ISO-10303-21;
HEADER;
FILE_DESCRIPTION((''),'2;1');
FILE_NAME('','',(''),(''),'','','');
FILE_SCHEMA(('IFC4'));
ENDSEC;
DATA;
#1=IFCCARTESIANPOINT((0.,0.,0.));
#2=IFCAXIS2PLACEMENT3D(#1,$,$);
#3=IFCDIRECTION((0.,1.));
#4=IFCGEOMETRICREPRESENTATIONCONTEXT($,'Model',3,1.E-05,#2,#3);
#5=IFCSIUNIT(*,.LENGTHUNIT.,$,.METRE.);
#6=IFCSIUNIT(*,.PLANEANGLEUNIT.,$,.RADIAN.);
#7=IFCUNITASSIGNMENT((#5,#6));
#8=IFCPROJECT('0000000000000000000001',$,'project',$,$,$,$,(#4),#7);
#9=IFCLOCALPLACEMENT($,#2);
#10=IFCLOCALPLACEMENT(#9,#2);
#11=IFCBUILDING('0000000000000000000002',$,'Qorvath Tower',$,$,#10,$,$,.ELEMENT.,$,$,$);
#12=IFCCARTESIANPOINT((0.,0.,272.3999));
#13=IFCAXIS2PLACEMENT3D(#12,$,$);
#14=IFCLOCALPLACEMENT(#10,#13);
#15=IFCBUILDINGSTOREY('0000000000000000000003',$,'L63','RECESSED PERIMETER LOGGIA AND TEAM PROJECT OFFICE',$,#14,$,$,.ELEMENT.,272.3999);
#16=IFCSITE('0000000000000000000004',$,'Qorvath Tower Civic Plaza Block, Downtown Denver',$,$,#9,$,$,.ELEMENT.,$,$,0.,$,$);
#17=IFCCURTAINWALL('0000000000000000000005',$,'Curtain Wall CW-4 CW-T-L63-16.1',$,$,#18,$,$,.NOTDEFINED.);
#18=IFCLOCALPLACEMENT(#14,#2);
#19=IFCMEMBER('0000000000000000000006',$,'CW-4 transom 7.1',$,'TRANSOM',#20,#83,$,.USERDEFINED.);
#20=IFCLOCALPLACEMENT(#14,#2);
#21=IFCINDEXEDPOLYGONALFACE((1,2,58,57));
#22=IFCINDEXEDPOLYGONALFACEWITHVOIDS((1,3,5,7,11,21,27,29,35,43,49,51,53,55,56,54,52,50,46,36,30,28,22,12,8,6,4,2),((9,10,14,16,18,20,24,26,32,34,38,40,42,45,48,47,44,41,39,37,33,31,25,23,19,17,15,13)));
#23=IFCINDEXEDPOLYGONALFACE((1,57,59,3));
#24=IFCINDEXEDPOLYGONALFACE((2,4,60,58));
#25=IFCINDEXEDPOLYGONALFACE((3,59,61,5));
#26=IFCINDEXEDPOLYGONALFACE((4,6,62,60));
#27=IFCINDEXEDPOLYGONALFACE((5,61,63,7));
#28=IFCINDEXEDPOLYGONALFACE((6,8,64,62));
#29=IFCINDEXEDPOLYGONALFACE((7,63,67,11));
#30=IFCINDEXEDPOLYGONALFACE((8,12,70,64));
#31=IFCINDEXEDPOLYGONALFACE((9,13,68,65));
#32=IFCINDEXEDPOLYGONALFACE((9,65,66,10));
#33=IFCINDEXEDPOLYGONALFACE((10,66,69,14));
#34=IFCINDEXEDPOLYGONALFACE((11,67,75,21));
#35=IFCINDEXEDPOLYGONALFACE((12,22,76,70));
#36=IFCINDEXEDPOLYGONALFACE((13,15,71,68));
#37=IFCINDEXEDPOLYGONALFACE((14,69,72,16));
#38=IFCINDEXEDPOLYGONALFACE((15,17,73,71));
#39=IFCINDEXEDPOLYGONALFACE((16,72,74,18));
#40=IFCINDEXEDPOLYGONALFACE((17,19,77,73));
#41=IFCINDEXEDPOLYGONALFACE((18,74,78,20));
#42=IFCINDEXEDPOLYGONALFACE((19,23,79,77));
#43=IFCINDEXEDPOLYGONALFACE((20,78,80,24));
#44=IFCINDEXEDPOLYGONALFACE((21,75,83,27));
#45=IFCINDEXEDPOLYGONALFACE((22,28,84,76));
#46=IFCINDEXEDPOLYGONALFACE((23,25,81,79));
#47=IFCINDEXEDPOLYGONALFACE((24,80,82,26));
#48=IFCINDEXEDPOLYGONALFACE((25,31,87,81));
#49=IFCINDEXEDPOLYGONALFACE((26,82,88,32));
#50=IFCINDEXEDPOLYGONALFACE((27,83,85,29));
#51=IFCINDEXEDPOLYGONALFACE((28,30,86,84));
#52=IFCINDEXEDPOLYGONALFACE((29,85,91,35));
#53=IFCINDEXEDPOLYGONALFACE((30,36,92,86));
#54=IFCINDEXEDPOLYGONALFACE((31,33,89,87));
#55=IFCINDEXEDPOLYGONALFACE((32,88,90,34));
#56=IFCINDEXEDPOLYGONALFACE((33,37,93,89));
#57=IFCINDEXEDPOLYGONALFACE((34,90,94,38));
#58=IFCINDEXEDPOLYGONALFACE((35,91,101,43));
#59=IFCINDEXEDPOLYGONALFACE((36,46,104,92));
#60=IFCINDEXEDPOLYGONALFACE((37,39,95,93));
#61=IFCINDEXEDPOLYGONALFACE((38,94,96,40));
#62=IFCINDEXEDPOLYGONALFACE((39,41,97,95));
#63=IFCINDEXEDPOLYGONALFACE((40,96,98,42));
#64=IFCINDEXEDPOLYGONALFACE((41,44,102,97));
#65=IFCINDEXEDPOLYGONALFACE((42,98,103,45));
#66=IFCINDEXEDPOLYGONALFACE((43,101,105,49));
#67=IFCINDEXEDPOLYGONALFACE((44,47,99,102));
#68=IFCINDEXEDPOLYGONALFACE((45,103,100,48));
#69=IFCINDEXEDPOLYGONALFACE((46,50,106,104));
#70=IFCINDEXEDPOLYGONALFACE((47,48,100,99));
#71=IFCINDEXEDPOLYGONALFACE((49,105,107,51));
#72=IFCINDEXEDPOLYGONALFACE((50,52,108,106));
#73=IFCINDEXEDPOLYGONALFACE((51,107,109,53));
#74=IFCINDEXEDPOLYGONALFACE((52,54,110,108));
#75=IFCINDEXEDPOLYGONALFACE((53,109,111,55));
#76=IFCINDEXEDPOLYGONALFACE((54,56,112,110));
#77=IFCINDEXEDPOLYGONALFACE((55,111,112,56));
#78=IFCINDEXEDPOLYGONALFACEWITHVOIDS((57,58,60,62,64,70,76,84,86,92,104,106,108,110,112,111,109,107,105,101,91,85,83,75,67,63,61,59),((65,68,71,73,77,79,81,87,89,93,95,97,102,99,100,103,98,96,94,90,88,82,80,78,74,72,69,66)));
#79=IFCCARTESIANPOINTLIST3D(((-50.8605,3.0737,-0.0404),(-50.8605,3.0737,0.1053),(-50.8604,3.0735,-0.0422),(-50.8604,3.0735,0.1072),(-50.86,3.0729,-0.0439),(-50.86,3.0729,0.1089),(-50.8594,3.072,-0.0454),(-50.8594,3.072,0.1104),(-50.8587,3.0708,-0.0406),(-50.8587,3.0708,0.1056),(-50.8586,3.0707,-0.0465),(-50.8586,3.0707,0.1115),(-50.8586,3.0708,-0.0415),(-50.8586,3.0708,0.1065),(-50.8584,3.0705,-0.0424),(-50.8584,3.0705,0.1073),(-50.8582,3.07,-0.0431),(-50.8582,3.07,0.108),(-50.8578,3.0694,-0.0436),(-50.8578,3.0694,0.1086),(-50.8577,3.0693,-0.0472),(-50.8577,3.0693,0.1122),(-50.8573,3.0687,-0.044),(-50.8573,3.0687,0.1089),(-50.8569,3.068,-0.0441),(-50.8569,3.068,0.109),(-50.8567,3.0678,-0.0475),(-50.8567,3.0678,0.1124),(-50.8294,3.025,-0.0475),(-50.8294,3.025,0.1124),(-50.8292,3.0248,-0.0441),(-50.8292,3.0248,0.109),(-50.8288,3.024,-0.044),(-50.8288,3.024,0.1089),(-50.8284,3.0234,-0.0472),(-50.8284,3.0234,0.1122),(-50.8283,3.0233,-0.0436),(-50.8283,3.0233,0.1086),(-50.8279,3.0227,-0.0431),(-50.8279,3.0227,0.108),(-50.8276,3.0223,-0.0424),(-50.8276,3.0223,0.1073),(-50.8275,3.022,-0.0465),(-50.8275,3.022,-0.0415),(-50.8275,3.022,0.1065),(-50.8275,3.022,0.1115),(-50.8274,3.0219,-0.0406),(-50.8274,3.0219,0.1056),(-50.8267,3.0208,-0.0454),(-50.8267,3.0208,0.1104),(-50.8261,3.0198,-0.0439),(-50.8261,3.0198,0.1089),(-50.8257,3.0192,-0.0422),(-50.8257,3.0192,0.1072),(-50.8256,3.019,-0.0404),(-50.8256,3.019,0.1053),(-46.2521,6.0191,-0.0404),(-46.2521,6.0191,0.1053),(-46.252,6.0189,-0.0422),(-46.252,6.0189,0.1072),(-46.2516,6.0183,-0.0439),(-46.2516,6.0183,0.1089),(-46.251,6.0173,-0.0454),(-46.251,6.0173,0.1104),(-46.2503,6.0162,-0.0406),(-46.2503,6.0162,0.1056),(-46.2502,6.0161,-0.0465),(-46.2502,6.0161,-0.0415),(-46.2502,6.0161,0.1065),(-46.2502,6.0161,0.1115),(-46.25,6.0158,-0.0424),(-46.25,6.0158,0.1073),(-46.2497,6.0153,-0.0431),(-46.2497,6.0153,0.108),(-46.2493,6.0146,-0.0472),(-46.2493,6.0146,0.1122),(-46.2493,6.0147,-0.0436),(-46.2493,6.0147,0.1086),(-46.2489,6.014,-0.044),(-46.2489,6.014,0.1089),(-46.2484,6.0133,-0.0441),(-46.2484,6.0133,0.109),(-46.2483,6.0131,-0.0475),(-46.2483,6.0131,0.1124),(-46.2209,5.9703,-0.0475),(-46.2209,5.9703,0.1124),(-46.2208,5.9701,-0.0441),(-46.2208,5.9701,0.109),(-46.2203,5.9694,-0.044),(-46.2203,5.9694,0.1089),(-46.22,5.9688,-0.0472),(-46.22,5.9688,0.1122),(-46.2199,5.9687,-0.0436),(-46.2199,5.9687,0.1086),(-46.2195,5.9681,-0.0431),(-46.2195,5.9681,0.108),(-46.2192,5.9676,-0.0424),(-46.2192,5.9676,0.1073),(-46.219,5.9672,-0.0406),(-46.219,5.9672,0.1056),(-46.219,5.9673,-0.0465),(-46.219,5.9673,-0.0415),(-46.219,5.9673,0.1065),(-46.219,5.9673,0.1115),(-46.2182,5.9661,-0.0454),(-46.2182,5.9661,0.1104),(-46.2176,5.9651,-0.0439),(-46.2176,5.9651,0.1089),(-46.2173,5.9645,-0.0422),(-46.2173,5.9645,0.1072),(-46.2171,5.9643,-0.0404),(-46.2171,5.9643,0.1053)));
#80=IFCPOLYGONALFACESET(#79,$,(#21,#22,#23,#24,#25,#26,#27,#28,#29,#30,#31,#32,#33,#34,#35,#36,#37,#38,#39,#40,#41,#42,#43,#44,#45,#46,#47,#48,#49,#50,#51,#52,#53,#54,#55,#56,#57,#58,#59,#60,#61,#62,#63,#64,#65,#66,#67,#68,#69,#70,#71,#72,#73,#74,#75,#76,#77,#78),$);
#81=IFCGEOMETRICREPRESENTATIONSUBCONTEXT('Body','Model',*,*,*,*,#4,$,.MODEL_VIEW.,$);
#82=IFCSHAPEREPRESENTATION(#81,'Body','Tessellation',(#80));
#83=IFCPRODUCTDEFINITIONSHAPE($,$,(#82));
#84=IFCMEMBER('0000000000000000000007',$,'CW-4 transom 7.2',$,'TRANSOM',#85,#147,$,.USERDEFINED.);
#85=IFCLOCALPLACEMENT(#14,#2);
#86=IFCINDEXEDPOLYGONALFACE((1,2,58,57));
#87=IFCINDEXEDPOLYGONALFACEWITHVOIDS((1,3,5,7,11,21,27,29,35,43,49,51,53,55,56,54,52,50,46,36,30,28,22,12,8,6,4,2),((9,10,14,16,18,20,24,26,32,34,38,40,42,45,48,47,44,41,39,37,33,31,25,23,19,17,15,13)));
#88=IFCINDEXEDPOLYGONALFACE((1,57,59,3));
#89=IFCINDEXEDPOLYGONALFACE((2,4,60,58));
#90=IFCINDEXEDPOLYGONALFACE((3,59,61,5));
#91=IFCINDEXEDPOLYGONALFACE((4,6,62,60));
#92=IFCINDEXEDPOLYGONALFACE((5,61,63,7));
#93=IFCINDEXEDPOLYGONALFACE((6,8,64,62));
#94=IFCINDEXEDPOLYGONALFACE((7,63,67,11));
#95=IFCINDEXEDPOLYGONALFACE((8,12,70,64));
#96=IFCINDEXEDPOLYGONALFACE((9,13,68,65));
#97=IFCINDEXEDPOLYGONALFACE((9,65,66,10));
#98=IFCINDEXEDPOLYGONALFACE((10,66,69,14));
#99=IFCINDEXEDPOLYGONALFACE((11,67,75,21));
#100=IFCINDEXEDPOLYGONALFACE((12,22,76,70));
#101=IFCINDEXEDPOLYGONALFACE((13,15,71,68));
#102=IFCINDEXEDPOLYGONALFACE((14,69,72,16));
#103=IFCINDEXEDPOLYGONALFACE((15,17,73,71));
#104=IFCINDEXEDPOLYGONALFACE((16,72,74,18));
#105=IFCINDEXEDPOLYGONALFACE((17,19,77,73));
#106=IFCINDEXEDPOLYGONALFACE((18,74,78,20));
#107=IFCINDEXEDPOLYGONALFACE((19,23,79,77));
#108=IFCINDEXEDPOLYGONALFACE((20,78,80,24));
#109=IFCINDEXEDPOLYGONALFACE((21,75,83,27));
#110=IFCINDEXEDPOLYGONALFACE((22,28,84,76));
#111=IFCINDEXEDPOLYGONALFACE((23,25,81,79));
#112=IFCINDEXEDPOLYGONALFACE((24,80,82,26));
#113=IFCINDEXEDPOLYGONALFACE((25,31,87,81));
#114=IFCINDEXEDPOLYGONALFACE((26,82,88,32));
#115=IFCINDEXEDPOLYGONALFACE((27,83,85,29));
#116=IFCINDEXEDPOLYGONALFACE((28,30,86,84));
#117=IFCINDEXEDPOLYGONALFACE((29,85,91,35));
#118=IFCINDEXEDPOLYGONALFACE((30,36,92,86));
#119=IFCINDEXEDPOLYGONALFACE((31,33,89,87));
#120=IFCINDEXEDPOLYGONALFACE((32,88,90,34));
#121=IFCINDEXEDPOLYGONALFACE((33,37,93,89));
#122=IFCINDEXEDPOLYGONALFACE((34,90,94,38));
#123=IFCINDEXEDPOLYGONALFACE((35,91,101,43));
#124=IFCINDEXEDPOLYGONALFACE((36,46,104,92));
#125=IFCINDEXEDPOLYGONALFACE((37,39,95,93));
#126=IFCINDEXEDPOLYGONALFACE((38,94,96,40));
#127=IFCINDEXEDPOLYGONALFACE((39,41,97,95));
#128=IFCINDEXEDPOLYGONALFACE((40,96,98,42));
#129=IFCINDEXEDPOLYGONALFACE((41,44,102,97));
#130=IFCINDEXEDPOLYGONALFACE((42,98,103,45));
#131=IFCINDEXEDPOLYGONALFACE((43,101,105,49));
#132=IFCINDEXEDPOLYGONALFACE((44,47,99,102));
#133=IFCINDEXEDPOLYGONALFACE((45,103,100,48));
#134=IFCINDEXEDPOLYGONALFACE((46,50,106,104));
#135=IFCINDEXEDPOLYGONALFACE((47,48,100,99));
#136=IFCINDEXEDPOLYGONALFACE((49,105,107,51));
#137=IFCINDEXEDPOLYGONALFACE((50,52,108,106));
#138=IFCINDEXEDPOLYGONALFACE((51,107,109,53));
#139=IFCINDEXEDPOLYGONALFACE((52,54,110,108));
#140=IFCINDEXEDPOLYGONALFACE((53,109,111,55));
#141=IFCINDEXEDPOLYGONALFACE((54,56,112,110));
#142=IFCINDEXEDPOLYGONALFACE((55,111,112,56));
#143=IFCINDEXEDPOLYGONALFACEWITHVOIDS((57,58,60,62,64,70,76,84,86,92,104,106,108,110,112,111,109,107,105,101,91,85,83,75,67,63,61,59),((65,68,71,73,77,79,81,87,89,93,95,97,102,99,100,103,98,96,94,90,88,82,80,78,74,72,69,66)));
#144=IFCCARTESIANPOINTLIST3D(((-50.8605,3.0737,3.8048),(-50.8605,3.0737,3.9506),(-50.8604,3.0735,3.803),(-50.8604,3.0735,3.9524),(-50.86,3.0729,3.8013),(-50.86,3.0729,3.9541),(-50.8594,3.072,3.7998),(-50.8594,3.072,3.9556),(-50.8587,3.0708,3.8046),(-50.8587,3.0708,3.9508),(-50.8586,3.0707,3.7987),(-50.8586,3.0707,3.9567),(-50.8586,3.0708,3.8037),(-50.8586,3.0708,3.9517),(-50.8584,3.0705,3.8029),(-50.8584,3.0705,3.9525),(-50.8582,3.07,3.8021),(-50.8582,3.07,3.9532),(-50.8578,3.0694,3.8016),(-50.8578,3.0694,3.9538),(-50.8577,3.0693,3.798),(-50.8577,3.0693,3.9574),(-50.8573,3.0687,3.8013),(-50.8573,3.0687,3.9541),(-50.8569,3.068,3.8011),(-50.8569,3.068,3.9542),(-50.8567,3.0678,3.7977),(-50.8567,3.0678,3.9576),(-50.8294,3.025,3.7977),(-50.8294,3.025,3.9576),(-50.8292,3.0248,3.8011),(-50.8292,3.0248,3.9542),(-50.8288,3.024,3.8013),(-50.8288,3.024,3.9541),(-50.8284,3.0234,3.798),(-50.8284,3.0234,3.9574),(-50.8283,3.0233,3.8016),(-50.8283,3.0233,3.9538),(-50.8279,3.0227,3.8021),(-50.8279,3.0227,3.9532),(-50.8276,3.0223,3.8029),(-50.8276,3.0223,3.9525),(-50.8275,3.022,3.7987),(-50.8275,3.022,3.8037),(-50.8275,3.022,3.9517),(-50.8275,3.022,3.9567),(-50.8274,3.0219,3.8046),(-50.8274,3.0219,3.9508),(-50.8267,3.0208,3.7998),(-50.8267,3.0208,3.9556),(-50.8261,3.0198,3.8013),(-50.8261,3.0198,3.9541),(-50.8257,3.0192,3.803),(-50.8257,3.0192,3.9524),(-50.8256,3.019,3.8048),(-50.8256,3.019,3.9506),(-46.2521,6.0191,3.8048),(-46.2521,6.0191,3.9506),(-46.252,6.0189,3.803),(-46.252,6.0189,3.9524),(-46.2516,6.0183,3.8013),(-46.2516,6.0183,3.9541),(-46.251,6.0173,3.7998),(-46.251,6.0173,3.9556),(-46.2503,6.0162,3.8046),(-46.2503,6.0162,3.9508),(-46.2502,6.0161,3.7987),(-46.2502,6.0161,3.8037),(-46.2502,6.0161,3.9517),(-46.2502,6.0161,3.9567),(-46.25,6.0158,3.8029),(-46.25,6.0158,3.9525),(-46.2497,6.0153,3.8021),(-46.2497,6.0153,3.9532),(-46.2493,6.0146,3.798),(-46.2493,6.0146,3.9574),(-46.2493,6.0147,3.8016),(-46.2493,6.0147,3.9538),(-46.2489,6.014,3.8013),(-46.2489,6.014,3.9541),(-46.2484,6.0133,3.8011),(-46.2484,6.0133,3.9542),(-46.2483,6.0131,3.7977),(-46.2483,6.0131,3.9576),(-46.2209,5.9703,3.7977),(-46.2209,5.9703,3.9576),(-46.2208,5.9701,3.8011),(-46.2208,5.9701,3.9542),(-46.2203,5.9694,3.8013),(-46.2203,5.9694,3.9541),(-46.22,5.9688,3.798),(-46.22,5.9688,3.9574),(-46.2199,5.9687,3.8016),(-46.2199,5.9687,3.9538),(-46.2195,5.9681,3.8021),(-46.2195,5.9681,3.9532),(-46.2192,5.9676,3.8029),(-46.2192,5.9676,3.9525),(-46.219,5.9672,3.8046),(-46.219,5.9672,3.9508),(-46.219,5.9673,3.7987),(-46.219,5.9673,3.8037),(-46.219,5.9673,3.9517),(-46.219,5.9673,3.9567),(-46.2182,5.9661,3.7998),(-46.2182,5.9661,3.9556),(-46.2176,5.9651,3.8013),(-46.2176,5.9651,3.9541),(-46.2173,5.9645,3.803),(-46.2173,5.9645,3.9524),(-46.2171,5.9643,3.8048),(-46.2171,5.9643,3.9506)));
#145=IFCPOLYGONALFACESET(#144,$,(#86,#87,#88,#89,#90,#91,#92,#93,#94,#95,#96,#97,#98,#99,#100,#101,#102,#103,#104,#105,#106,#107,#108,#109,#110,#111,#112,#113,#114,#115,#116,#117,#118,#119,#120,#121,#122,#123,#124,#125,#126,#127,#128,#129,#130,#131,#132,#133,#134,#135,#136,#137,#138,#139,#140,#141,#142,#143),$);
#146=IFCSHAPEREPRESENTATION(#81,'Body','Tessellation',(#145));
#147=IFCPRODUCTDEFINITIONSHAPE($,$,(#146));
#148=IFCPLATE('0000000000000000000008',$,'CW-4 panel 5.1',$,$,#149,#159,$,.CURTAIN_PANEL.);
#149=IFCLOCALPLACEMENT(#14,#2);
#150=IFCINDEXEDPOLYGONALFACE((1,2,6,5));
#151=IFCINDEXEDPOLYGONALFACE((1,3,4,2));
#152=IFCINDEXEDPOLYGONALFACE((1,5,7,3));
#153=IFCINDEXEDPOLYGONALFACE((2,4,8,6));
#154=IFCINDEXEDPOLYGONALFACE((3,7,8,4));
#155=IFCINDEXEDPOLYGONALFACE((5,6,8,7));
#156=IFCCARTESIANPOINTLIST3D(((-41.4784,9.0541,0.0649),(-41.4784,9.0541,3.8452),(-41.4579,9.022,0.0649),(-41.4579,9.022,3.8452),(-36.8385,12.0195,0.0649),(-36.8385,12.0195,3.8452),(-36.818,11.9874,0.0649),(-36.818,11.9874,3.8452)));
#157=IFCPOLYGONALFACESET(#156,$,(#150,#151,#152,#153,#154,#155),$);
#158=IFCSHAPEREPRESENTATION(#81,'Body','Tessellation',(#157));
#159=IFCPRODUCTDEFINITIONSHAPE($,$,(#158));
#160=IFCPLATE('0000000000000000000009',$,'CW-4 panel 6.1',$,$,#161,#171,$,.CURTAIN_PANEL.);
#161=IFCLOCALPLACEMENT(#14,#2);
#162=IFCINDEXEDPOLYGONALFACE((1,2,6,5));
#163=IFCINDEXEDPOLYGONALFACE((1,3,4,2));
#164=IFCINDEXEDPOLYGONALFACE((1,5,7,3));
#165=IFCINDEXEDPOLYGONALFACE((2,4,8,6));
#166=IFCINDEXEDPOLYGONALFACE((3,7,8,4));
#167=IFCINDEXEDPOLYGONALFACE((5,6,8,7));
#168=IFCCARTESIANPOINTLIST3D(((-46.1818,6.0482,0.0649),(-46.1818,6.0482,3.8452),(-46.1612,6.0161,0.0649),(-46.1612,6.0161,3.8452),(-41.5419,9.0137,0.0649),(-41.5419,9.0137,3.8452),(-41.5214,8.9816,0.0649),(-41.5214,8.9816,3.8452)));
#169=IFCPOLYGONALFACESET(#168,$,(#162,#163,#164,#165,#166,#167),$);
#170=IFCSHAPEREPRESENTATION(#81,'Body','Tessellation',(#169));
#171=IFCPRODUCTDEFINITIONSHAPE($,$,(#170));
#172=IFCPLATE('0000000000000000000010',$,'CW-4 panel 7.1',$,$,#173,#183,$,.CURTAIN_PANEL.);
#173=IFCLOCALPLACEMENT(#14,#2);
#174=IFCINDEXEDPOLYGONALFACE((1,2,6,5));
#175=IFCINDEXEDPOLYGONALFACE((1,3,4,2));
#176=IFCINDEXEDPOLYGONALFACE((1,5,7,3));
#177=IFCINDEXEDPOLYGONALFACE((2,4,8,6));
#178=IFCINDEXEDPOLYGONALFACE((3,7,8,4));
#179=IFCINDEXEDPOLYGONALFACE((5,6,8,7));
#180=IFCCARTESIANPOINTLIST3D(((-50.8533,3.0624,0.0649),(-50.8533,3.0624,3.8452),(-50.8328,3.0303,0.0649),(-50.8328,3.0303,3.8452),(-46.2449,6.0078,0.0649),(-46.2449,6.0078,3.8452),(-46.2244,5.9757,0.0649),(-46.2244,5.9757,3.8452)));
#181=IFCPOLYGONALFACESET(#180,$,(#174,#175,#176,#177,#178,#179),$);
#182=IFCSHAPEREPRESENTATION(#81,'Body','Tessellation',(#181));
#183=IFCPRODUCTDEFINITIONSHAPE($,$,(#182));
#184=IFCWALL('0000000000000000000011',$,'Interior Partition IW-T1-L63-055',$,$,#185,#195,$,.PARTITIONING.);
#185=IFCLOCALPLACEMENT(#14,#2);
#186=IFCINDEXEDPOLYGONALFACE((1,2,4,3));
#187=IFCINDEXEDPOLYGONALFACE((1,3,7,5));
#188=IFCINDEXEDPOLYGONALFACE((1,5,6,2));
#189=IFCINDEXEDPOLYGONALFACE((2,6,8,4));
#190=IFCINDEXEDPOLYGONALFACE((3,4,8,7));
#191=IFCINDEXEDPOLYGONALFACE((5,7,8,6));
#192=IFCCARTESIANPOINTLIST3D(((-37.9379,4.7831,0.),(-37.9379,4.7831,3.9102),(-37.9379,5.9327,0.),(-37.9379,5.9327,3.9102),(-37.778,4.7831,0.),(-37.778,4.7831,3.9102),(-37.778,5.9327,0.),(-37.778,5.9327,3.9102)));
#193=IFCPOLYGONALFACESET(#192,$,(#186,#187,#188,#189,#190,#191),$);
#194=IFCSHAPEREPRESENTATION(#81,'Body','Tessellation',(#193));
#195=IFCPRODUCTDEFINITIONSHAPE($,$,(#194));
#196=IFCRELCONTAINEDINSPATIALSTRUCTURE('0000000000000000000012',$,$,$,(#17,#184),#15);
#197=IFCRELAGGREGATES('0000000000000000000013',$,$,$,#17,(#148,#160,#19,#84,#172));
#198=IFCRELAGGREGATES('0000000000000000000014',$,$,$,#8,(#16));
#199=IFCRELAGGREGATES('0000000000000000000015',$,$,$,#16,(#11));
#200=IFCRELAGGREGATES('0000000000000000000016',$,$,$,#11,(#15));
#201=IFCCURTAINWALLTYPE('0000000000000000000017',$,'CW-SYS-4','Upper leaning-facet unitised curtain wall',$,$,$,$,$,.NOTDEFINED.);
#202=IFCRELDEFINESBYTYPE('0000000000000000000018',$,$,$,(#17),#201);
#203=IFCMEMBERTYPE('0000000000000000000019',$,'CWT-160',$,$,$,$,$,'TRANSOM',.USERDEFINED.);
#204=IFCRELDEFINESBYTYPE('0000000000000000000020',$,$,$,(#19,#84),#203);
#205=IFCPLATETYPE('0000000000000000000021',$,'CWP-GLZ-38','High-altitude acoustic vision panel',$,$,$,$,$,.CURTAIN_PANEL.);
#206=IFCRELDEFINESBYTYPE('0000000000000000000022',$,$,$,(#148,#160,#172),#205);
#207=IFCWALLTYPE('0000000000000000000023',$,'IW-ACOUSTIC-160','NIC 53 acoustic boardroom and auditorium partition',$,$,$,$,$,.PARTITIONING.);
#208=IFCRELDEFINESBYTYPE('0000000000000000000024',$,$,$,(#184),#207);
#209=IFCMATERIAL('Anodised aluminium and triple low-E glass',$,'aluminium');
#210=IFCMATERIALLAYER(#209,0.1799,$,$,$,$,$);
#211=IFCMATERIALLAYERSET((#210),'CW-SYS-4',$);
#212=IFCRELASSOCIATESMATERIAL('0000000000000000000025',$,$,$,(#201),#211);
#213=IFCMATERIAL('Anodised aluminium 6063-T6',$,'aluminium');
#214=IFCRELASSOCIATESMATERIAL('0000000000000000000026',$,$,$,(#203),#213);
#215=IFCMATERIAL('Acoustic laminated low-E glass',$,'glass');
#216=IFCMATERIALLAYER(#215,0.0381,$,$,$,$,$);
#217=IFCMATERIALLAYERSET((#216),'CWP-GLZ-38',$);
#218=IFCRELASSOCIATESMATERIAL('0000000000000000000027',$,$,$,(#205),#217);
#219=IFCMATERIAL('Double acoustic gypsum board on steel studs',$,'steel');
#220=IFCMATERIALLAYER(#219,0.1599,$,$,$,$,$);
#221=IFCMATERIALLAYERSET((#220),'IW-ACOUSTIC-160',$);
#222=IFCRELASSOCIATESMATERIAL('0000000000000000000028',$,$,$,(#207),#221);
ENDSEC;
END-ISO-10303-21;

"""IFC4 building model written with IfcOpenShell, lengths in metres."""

from ifc_helpers import new_model, si_unit, direction, frame, frame_2d, origin, origin_2d, place, context, subcontext, project, spatial, rectangle, hollow_rectangle, extrude, material, layer, layer_set, material_profile, profile_set, type_object, element, aggregate, save


model = new_model("IFC4")

# Units and contexts
model_context = context("Model", 3, precision=1e-05, world=origin(), true_north=direction((0.0, 1.0)))
body_context = subcontext(model_context, "Body", "Model", "MODEL_VIEW")
ifc_project = project(units=[si_unit("LENGTHUNIT", "METRE"), si_unit("PLANEANGLEUNIT", "RADIAN")], contexts=[model_context])

# Site, building, storey
site_placement = place(None, origin())
site = spatial("IfcSite", under=ifc_project, at=site_placement, Name="Qorvath Tower Civic Plaza Block, Downtown Denver", CompositionType="ELEMENT", RefElevation=0.0)
building_placement = place(site_placement, origin())
building = spatial("IfcBuilding", under=site, at=building_placement, Name="Qorvath Tower", CompositionType="ELEMENT")
storey_placement = place(building_placement, frame((0.0, 0.0, 272.3999)))
storey = spatial("IfcBuildingStorey", under=building, at=storey_placement, Name="L63", Description="RECESSED PERIMETER LOGGIA AND TEAM PROJECT OFFICE", CompositionType="ELEMENT", Elevation=272.3999)

# Curtain wall, members, plates
ifc_material_1 = material(Name="Anodised aluminium and triple low-E glass", Category="aluminium")
ifc_layer_1 = layer(ifc_material_1, 0.1799)
ifc_layer_set_1 = layer_set([ifc_layer_1], Name="CW-SYS-4")
curtain_wall_type = type_object("IfcCurtainWallType", Name="CW-SYS-4", Description="Upper leaning-facet unitised curtain wall", PredefinedType="NOTDEFINED", material=ifc_layer_set_1)
curtain_wall_placement = place(storey_placement, origin())
curtain_wall = element("IfcCurtainWall", 1, at=curtain_wall_placement, inside=storey, type_object=curtain_wall_type, Name="Curtain Wall CW-4 CW-T-L63-16.1", PredefinedType="NOTDEFINED")
ifc_material_2 = material(Name="Anodised aluminium 6063-T6", Category="aluminium")
ifc_material_profile_1 = material_profile(ifc_material_2, hollow_rectangle(XDim=0.0649, YDim=0.1599, WallThickness=0.0034, InnerFilletRadius=0.0034, OuterFilletRadius=0.0071, at=origin_2d()), Name="CWT 160x65")
ifc_profile_set_1 = profile_set([ifc_material_profile_1], Name="Anodised aluminium 6063-T6")
member_type_1 = type_object("IfcMemberType", Name="CWT-160", ElementType="TRANSOM", PredefinedType="USERDEFINED", material=ifc_profile_set_1)
member_1_placement = place(storey_placement, frame((-46.2346, 5.9917, 0.0325), z_axis=(-0.842608, -0.538527, 0.0), x_axis=(0.538527, -0.842608, 0.0)))
member_1 = element("IfcMember", 2, at=member_1_placement, type_object=member_type_1, Name="CW-4 transom 7.1", ObjectType="TRANSOM", PredefinedType="USERDEFINED", context=body_context, shape_type="SweptSolid", body=[
    extrude(hollow_rectangle(XDim=0.0649, YDim=0.1599, WallThickness=0.0034, InnerFilletRadius=0.0034, OuterFilletRadius=0.0071, at=origin_2d()), origin(), (0.0, 0.0, 1.0), 5.4692),
])
member_2_placement = place(storey_placement, frame((-46.2346, 5.9917, 3.8777), z_axis=(-0.842608, -0.538527, 0.0), x_axis=(0.538527, -0.842608, 0.0)))
member_2 = element("IfcMember", 3, at=member_2_placement, type_object=member_type_1, Name="CW-4 transom 7.2", ObjectType="TRANSOM", PredefinedType="USERDEFINED", context=body_context, shape_type="SweptSolid", body=[
    extrude(hollow_rectangle(XDim=0.0649, YDim=0.1599, WallThickness=0.0034, InnerFilletRadius=0.0034, OuterFilletRadius=0.0071, at=origin_2d()), origin(), (0.0, 0.0, 1.0), 5.4692),
])
ifc_material_3 = material(Name="Acoustic laminated low-E glass", Category="glass")
ifc_layer_2 = layer(ifc_material_3, 0.0381)
ifc_layer_set_2 = layer_set([ifc_layer_2], Name="CWP-GLZ-38")
plate_type = type_object("IfcPlateType", Name="CWP-GLZ-38", Description="High-altitude acoustic vision panel", PredefinedType="CURTAIN_PANEL", material=ifc_layer_set_2)
plate_1_placement = place(storey_placement, frame((-39.1482, 10.5208, 0.0649), z_axis=(0.0, 0.0, 1.0), x_axis=(-0.842604, -0.538534, 0.0)))
plate_1 = element("IfcPlate", 4, at=plate_1_placement, type_object=plate_type, Name="CW-4 panel 5.1", PredefinedType="CURTAIN_PANEL", context=body_context, shape_type="SweptSolid", body=[
    extrude(rectangle(XDim=5.5066, YDim=0.0381, at=origin_2d()), origin(), (0.0, 0.0, 1.0), 3.7803),
])
plate_2_placement = place(storey_placement, frame((-43.8516, 7.5149, 0.0649), z_axis=(0.0, 0.0, 1.0), x_axis=(-0.842604, -0.538534, 0.0)))
plate_2 = element("IfcPlate", 5, at=plate_2_placement, type_object=plate_type, Name="CW-4 panel 6.1", PredefinedType="CURTAIN_PANEL", context=body_context, shape_type="SweptSolid", body=[
    extrude(rectangle(XDim=5.5066, YDim=0.0381, at=origin_2d()), origin(), (0.0, 0.0, 1.0), 3.7803),
])
plate_3_placement = place(storey_placement, frame((-48.5388, 4.519, 0.0649), z_axis=(0.0, 0.0, 1.0), x_axis=(-0.842604, -0.538534, 0.0)))
plate_3 = element("IfcPlate", 6, at=plate_3_placement, type_object=plate_type, Name="CW-4 panel 7.1", PredefinedType="CURTAIN_PANEL", context=body_context, shape_type="SweptSolid", body=[
    extrude(rectangle(XDim=5.4692, YDim=0.0381, at=origin_2d()), origin(), (0.0, 0.0, 1.0), 3.7803),
])
aggregate(curtain_wall, [plate_1, plate_2, member_1, member_2, plate_3])

# Wall
ifc_material_4 = material(Name="Double acoustic gypsum board on steel studs", Category="steel")
ifc_layer_3 = layer(ifc_material_4, 0.1599)
ifc_layer_set_3 = layer_set([ifc_layer_3], Name="IW-ACOUSTIC-160")
wall_type_1 = type_object("IfcWallType", Name="IW-ACOUSTIC-160", Description="NIC 53 acoustic boardroom and auditorium partition", PredefinedType="PARTITIONING", material=ifc_layer_set_3)
wall_1_placement = place(storey_placement, frame((-37.8579, 4.7832, 0.0), z_axis=(0.0, 0.0, 1.0), x_axis=(0.0, 1.0, 0.0)))
element("IfcWall", 7, at=wall_1_placement, inside=storey, type_object=wall_type_1, Name="Interior Partition IW-T1-L63-055", PredefinedType="PARTITIONING", context=body_context, shape_type="SweptSolid", body=[
    extrude(rectangle(XDim=1.1497, YDim=0.1599, at=frame_2d((0.5747, 0.0))), origin(), (0.0, 0.0, 1.0), 3.9102),
])

save(model, "model.ifc")
